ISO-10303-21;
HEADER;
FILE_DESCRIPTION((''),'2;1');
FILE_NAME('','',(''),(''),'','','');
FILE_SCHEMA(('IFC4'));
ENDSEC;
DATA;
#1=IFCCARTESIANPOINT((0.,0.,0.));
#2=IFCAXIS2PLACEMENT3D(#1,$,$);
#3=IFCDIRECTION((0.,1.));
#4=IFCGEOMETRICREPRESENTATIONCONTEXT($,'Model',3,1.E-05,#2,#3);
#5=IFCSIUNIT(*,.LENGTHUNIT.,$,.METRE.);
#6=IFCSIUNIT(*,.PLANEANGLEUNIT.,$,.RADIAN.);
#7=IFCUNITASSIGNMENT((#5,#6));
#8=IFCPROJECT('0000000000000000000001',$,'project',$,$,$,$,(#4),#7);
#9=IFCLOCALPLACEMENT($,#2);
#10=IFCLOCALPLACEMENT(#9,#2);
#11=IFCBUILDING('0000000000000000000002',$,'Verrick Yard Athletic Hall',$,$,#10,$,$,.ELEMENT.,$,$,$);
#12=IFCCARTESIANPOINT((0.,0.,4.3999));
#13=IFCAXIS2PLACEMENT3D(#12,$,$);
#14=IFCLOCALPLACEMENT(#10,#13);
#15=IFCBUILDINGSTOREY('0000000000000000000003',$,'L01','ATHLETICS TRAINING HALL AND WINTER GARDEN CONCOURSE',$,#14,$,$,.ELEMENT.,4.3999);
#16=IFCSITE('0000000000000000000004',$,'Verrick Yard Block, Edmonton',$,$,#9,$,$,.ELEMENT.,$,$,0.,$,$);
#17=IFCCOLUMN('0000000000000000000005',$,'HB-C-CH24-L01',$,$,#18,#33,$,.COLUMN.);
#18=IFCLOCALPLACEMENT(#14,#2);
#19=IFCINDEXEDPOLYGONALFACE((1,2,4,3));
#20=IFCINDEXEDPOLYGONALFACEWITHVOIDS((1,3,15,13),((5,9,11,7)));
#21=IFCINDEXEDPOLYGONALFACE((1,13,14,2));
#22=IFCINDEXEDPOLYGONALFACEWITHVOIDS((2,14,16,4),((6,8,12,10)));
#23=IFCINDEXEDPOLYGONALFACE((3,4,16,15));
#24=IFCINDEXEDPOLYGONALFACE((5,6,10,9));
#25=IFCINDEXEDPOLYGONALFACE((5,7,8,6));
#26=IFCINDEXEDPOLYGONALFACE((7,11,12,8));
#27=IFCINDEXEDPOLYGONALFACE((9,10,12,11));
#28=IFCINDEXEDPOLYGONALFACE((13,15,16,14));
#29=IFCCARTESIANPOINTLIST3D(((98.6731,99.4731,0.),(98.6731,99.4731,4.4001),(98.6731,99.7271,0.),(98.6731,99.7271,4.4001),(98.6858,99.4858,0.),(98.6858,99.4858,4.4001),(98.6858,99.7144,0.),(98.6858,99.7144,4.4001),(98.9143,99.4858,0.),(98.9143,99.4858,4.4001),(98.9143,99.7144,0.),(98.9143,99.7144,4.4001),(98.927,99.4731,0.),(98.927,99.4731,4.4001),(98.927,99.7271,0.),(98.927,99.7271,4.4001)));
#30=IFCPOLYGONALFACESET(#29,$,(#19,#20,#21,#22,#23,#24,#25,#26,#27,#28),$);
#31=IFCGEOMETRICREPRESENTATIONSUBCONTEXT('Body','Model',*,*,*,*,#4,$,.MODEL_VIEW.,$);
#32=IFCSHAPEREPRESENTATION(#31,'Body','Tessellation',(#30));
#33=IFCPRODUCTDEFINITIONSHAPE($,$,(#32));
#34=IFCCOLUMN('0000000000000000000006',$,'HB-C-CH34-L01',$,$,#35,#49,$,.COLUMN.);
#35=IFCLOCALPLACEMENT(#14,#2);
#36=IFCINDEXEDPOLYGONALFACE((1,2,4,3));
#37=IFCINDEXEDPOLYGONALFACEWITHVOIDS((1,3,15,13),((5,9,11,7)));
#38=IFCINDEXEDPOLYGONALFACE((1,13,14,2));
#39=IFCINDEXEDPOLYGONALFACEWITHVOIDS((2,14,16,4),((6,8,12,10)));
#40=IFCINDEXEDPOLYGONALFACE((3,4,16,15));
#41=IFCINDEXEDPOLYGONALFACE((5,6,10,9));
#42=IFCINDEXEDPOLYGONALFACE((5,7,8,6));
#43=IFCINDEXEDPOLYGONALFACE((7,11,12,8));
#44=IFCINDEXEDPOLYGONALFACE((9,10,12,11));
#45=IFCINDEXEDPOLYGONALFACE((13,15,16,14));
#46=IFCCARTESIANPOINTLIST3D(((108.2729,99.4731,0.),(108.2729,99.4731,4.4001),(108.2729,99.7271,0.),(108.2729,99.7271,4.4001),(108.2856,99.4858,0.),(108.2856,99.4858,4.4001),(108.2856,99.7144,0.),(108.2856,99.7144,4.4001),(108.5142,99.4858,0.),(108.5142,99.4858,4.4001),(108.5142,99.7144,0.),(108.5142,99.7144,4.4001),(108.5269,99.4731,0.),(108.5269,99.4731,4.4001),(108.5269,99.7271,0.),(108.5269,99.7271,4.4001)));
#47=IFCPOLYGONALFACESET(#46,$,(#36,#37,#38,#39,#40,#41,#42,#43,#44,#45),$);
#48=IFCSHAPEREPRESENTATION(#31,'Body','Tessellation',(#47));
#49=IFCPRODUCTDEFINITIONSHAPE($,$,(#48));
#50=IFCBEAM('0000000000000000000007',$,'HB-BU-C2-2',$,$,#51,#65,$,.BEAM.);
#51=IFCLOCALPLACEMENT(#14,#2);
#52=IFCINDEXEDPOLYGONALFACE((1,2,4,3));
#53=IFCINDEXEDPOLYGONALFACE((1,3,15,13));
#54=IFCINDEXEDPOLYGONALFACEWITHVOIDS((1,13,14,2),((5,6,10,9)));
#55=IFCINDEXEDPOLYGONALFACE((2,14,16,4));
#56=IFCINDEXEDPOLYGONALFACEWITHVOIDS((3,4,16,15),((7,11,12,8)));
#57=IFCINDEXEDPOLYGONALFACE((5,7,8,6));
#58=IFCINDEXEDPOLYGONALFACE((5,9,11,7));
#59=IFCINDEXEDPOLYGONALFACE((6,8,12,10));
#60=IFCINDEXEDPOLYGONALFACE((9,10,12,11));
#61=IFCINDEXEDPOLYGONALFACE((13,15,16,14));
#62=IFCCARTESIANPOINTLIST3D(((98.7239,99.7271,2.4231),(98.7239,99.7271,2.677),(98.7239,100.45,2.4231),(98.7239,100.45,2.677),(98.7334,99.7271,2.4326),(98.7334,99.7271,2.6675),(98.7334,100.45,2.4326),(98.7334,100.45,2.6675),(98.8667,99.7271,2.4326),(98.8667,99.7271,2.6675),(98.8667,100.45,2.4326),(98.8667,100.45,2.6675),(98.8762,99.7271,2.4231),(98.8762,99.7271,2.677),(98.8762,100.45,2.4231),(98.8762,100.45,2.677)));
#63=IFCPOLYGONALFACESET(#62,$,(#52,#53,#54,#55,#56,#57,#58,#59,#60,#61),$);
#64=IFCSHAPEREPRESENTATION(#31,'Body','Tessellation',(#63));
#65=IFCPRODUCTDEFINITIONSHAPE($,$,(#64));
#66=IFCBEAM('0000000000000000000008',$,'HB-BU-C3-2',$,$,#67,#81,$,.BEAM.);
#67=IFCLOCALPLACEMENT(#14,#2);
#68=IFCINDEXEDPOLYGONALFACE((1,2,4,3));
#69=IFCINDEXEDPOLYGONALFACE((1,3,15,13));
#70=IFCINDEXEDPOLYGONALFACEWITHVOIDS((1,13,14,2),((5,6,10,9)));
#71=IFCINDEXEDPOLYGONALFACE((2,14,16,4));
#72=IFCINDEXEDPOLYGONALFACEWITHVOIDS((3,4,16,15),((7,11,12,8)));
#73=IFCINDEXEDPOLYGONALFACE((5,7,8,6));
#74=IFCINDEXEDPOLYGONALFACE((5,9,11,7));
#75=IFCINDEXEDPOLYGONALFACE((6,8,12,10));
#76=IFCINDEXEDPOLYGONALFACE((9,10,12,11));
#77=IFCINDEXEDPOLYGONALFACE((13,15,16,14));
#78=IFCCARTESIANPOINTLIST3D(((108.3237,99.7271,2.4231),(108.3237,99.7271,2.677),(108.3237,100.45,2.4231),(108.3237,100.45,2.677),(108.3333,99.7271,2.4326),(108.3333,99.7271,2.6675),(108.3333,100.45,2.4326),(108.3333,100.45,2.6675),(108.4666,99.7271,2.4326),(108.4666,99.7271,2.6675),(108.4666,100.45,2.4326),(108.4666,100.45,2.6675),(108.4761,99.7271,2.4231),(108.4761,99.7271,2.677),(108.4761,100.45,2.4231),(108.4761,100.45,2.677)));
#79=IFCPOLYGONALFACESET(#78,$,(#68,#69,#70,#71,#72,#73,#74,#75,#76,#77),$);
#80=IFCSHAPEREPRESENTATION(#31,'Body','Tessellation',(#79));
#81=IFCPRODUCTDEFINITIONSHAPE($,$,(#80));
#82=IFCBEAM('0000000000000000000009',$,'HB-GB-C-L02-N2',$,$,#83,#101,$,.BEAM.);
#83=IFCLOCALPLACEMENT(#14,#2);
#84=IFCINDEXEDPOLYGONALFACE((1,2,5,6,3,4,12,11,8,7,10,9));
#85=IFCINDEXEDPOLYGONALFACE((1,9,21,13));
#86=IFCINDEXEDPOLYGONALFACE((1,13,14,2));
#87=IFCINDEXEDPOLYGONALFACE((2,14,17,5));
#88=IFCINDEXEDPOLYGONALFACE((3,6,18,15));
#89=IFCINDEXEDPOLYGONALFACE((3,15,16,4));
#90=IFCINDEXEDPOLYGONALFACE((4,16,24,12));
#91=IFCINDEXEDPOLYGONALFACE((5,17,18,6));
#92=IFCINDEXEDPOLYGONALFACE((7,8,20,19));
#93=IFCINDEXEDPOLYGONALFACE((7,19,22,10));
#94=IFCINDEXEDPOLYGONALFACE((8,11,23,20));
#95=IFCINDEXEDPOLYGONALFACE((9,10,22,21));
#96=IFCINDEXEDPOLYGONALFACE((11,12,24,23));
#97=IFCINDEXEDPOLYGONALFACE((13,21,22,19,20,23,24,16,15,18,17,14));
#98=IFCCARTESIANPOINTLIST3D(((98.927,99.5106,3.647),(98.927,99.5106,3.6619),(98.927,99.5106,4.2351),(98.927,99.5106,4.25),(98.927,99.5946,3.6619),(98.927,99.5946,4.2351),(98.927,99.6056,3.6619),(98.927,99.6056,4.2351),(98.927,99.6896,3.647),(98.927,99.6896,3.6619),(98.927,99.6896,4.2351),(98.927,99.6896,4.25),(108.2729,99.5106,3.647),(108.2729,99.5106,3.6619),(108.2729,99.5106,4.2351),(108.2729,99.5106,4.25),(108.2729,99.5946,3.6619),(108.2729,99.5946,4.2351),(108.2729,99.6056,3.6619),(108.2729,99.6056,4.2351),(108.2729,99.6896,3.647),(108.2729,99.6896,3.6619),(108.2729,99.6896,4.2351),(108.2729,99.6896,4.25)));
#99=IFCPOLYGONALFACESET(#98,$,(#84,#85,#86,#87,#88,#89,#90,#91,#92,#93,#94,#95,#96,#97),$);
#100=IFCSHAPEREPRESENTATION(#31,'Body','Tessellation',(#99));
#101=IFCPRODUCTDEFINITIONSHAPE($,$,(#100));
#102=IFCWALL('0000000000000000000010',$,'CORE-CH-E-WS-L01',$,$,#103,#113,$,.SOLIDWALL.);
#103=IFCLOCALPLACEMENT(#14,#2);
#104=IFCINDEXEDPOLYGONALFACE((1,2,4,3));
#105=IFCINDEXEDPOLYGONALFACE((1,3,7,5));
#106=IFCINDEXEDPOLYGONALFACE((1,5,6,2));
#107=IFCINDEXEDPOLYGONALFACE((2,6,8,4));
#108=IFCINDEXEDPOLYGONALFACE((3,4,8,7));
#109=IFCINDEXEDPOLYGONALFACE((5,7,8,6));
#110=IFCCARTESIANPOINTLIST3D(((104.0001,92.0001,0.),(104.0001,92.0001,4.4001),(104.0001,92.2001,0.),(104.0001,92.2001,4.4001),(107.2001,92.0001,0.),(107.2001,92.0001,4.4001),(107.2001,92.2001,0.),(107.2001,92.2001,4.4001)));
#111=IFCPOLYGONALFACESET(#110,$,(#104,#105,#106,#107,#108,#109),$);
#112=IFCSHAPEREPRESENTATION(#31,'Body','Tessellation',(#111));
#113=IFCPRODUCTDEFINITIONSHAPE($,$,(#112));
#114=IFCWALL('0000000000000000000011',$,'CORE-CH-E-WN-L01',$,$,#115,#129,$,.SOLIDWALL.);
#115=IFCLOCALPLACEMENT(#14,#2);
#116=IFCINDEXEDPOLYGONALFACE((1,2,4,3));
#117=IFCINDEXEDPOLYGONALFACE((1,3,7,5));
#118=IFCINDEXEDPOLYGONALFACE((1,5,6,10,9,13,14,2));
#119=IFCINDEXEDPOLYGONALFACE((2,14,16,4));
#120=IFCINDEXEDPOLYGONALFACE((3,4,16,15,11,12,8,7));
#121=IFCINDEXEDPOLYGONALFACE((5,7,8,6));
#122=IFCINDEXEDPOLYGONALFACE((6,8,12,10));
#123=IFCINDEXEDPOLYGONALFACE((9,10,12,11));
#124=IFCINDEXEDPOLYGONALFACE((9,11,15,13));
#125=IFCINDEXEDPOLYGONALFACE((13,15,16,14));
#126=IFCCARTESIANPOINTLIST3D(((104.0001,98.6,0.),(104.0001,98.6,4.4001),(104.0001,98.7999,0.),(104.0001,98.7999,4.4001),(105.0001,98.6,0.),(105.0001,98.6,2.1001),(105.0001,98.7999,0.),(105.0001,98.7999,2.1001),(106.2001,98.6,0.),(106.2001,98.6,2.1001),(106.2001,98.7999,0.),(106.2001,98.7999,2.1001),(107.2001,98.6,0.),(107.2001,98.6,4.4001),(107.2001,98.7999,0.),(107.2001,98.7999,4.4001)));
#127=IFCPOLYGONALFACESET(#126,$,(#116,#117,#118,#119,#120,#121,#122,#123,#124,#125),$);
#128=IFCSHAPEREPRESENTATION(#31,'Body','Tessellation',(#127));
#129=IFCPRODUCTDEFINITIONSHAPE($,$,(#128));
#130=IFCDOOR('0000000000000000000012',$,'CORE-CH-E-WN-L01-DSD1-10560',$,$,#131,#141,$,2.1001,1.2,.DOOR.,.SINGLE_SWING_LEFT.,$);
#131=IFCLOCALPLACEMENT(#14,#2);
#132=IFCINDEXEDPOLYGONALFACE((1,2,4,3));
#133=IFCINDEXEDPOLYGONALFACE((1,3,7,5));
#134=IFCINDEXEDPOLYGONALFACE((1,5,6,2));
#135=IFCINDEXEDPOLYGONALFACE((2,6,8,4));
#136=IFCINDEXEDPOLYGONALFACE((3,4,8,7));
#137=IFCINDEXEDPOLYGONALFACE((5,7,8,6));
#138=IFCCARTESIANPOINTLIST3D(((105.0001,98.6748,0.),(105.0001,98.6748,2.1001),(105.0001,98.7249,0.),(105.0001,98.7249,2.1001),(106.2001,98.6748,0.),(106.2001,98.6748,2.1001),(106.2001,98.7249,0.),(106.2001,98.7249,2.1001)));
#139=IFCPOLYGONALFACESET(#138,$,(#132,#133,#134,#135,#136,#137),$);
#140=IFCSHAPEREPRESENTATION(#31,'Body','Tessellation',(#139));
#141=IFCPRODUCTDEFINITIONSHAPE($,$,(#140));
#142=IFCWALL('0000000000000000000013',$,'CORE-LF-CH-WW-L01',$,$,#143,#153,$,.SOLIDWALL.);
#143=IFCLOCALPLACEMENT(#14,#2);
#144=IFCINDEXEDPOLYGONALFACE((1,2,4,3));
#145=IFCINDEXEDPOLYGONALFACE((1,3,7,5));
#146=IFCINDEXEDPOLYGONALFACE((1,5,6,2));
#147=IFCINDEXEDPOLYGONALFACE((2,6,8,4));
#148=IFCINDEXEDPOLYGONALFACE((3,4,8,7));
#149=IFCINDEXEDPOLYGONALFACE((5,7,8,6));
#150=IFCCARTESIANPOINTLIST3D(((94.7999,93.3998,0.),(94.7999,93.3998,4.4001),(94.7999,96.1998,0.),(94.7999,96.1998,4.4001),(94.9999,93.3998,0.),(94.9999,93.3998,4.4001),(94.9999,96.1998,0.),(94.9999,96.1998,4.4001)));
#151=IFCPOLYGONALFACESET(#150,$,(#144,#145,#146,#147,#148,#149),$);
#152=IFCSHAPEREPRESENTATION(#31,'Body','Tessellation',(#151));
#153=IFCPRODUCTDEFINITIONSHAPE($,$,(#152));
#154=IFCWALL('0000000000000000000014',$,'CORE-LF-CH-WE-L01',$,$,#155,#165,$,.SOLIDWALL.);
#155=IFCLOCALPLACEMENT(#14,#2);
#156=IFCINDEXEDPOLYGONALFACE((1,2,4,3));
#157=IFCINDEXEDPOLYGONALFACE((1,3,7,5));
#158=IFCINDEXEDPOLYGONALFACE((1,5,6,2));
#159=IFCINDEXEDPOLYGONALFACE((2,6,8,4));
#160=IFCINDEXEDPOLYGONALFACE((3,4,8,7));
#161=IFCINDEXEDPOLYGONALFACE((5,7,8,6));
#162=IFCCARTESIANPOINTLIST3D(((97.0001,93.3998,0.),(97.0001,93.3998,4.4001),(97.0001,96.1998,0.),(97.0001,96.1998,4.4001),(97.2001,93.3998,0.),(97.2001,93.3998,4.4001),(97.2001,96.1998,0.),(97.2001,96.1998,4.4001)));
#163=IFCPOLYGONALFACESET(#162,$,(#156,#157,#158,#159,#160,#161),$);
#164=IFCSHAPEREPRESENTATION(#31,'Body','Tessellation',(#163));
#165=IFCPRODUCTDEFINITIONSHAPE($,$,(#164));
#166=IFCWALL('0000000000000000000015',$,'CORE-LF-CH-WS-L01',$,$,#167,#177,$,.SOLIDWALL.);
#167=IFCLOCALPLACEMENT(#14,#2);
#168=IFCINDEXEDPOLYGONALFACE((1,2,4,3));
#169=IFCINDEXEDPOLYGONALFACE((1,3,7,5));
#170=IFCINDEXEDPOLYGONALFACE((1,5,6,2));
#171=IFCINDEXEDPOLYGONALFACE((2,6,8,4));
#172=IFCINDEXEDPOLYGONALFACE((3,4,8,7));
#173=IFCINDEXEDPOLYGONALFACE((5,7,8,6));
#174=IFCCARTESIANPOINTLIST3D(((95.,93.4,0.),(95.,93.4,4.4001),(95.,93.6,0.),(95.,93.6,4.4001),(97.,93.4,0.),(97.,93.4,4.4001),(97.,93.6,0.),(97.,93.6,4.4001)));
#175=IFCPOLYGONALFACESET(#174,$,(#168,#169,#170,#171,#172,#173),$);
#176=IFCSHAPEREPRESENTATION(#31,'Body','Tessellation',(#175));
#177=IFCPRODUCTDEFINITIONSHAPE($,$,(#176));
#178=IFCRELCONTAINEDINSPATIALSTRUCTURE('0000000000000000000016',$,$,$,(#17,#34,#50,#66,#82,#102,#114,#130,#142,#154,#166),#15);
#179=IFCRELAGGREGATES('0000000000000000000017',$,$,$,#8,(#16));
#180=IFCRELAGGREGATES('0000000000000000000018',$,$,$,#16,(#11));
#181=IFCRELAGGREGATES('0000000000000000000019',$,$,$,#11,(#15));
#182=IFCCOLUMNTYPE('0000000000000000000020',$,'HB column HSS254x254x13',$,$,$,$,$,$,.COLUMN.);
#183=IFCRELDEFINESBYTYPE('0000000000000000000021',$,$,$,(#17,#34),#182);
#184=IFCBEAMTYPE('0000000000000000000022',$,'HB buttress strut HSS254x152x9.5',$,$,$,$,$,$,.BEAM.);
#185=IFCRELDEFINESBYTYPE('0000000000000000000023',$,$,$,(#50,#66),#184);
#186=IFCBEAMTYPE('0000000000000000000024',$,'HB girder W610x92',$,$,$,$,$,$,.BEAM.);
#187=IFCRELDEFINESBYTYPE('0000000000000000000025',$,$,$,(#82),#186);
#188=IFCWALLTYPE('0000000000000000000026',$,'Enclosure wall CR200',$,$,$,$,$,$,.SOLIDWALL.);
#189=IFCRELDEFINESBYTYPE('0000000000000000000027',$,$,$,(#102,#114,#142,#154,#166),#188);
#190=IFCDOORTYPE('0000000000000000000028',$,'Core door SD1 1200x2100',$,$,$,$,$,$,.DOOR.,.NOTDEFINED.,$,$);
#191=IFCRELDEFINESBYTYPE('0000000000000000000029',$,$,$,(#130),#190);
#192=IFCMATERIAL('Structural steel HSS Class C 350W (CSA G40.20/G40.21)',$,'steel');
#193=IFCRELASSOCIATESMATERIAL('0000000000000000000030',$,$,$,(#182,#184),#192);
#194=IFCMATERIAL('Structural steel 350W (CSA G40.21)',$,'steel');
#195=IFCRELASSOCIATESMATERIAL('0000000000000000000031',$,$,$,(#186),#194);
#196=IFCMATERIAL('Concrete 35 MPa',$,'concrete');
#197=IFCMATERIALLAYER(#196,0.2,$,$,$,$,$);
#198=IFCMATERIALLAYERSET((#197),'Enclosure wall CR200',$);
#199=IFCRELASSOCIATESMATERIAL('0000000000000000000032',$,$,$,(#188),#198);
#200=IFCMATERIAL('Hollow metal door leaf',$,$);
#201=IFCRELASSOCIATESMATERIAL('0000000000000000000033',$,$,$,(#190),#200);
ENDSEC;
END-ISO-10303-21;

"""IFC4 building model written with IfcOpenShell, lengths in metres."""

from ifc_helpers import new_model, si_unit, direction, frame, frame_2d, origin, origin_2d, place, context, subcontext, project, spatial, rectangle, hollow_rectangle, i_section, extrude, material, layer, layer_set, material_profile, profile_set, type_object, element, fill, save


model = new_model("IFC4")

# Units and contexts
model_context = context("Model", 3, precision=1e-05, world=origin(), true_north=direction((0.0, 1.0)))
body_context = subcontext(model_context, "Body", "Model", "MODEL_VIEW")
ifc_project = project(units=[si_unit("LENGTHUNIT", "METRE"), si_unit("PLANEANGLEUNIT", "RADIAN")], contexts=[model_context])

# Site, building, storey
site_placement = place(None, origin())
site = spatial("IfcSite", under=ifc_project, at=site_placement, Name="Verrick Yard Block, Edmonton", CompositionType="ELEMENT", RefElevation=0.0)
building_placement = place(site_placement, origin())
building = spatial("IfcBuilding", under=site, at=building_placement, Name="Verrick Yard Athletic Hall", CompositionType="ELEMENT")
storey_placement = place(building_placement, frame((0.0, 0.0, 4.3999)))
storey = spatial("IfcBuildingStorey", under=building, at=storey_placement, Name="L01", Description="ATHLETICS TRAINING HALL AND WINTER GARDEN CONCOURSE", CompositionType="ELEMENT", Elevation=4.3999)

# Columns
ifc_material_1 = material(Name="Structural steel HSS Class C 350W (CSA G40.20/G40.21)", Category="steel")
ifc_material_profile_1 = material_profile(ifc_material_1, hollow_rectangle(XDim=0.2539, YDim=0.2539, WallThickness=0.0127, at=origin_2d()), Name="HSS254x254x13")
ifc_profile_set_1 = profile_set([ifc_material_profile_1], Name="Structural steel HSS Class C 350W (CSA G40.20/G40.21)")
column_type = type_object("IfcColumnType", Name="HB column HSS254x254x13", PredefinedType="COLUMN", material=ifc_profile_set_1)
for number, where, z_axis, x_axis, name in (
    (1, (98.8, 99.6001, 0.0), (0.0, 0.0, 1.0), (1.0, 0.0, 0.0), "HB-C-CH24-L01"),
    (2, (108.3999, 99.6001, 0.0), (0.0, 0.0, 1.0), (1.0, 0.0, 0.0), "HB-C-CH34-L01"),
):
    element("IfcColumn", number, at=place(storey_placement, frame(where, z_axis=z_axis, x_axis=x_axis)), inside=storey, type_object=column_type, Name=name, PredefinedType="COLUMN", context=body_context, shape_type="SweptSolid", body=[
        extrude(hollow_rectangle(XDim=0.2539, YDim=0.2539, WallThickness=0.0127, at=origin_2d()), origin(), (0.0, 0.0, 1.0), 4.4001),
    ])

# Beams
ifc_material_profile_2 = material_profile(ifc_material_1, hollow_rectangle(XDim=0.1523, YDim=0.2539, WallThickness=0.0095, at=origin_2d()), Name="HSS254x152x9.5")
ifc_profile_set_2 = profile_set([ifc_material_profile_2], Name="Structural steel HSS Class C 350W (CSA G40.20/G40.21)")
beam_type_1 = type_object("IfcBeamType", Name="HB buttress strut HSS254x152x9.5", PredefinedType="BEAM", material=ifc_profile_set_2)
for number, where, z_axis, x_axis, name in (
    (3, (98.8, 99.7271, 2.55), (0.0, 1.0, 0.0), (-1.0, 0.0, 0.0), "HB-BU-C2-2"),
    (4, (108.3999, 99.7271, 2.55), (0.0, 1.0, 0.0), (-1.0, 0.0, 0.0), "HB-BU-C3-2"),
):
    element("IfcBeam", number, at=place(storey_placement, frame(where, z_axis=z_axis, x_axis=x_axis)), inside=storey, type_object=beam_type_1, Name=name, PredefinedType="BEAM", context=body_context, shape_type="SweptSolid", body=[
        extrude(hollow_rectangle(XDim=0.1523, YDim=0.2539, WallThickness=0.0095, at=origin_2d()), origin(), (0.0, 0.0, 1.0), 0.7229),
    ])
ifc_material_2 = material(Name="Structural steel 350W (CSA G40.21)", Category="steel")
ifc_material_profile_3 = material_profile(ifc_material_2, i_section(OverallWidth=0.179, OverallDepth=0.603, WebThickness=0.011, FlangeThickness=0.0149, at=origin_2d()), Name="W610x92")
ifc_profile_set_3 = profile_set([ifc_material_profile_3], Name="Structural steel 350W (CSA G40.21)")
beam_type_2 = type_object("IfcBeamType", Name="HB girder W610x92", PredefinedType="BEAM", material=ifc_profile_set_3)
beam_placement = place(storey_placement, frame((98.927, 99.6001, 3.9485), z_axis=(1.0, 0.0, 0.0), x_axis=(0.0, 1.0, 0.0)))
element("IfcBeam", 5, at=beam_placement, inside=storey, type_object=beam_type_2, Name="HB-GB-C-L02-N2", PredefinedType="BEAM", context=body_context, shape_type="SweptSolid", body=[
    extrude(i_section(OverallWidth=0.179, OverallDepth=0.603, WebThickness=0.011, FlangeThickness=0.0149, at=origin_2d()), origin(), (0.0, 0.0, 1.0), 9.3459),
])

# Wall
ifc_material_3 = material(Name="Concrete 35 MPa", Category="concrete")
ifc_layer_1 = layer(ifc_material_3, 0.2)
ifc_layer_set_1 = layer_set([ifc_layer_1], Name="Enclosure wall CR200")
wall_type_1 = type_object("IfcWallType", Name="Enclosure wall CR200", PredefinedType="SOLIDWALL", material=ifc_layer_set_1)
wall_1_placement = place(storey_placement, frame((104.0, 92.1001, 0.0), z_axis=(0.0, 0.0, 1.0), x_axis=(1.0, 0.0, 0.0)))
element("IfcWall", 6, at=wall_1_placement, inside=storey, type_object=wall_type_1, Name="CORE-CH-E-WS-L01", PredefinedType="SOLIDWALL", context=body_context, shape_type="SweptSolid", body=[
    extrude(rectangle(XDim=3.2, YDim=0.2, at=frame_2d((1.6001, 0.0))), origin(), (0.0, 0.0, 1.0), 4.4001),
])

# Wall, opening, door
wall_2_placement = place(storey_placement, frame((104.0, 98.7, 0.0), z_axis=(0.0, 0.0, 1.0), x_axis=(1.0, 0.0, 0.0)))
wall_2 = element("IfcWall", 7, at=wall_2_placement, inside=storey, type_object=wall_type_1, Name="CORE-CH-E-WN-L01", PredefinedType="SOLIDWALL", context=body_context, shape_type="SweptSolid", body=[
    extrude(rectangle(XDim=3.2, YDim=0.2, at=frame_2d((1.6001, 0.0))), origin(), (0.0, 0.0, 1.0), 4.4001),
])
opening_1_placement = place(wall_2_placement, frame((1.0, 0.0, 0.0)))
opening_1 = element("IfcOpeningElement", 8, at=opening_1_placement, cuts=wall_2, PredefinedType="OPENING", context=body_context, shape_type="SweptSolid", body=[
    extrude(rectangle(XDim=1.2, YDim=2.1001, at=frame_2d((0.6001, 1.05))), frame((0.0, 0.1099, 0.0), z_axis=(0.0, -1.0, 0.0), x_axis=(1.0, 0.0, 0.0)), (0.0, 0.0, 1.0), 0.22),
])
ifc_material_4 = material(Name="Hollow metal door leaf")
door_type_1 = type_object("IfcDoorType", Name="Core door SD1 1200x2100", OperationType="NOTDEFINED", PredefinedType="DOOR", material=ifc_material_4)
door_1_placement = place(opening_1_placement, origin())
door_1 = element("IfcDoor", 9, at=door_1_placement, inside=storey, type_object=door_type_1, Name="CORE-CH-E-WN-L01-DSD1-10560", OperationType="SINGLE_SWING_LEFT", OverallHeight=2.1001, OverallWidth=1.2, PredefinedType="DOOR", context=body_context, shape_type="SweptSolid", body=[
    extrude(rectangle(XDim=1.2, YDim=2.1001, at=frame_2d((0.6001, 1.05))), frame((0.0, 0.0249, 0.0), z_axis=(0.0, -1.0, 0.0), x_axis=(1.0, 0.0, 0.0)), (0.0, 0.0, 1.0), 0.05),
])
fill(opening_1, door_1)

# Walls
for number, where, z_axis, x_axis, name in (
    (10, (94.8999, 93.3999, 0.0), (0.0, 0.0, 1.0), (0.0, 1.0, 0.0), "CORE-LF-CH-WW-L01"),
    (11, (97.1001, 93.3999, 0.0), (0.0, 0.0, 1.0), (0.0, 1.0, 0.0), "CORE-LF-CH-WE-L01"),
):
    element("IfcWall", number, at=place(storey_placement, frame(where, z_axis=z_axis, x_axis=x_axis)), inside=storey, type_object=wall_type_1, Name=name, PredefinedType="SOLIDWALL", context=body_context, shape_type="SweptSolid", body=[
        extrude(rectangle(XDim=2.8, YDim=0.2, at=frame_2d((1.3999, 0.0))), origin(), (0.0, 0.0, 1.0), 4.4001),
    ])
wall_3_placement = place(storey_placement, frame((95.0, 93.5, 0.0), z_axis=(0.0, 0.0, 1.0), x_axis=(1.0, 0.0, 0.0)))
element("IfcWall", 12, at=wall_3_placement, inside=storey, type_object=wall_type_1, Name="CORE-LF-CH-WS-L01", PredefinedType="SOLIDWALL", context=body_context, shape_type="SweptSolid", body=[
    extrude(rectangle(XDim=2.0, YDim=0.2, at=frame_2d((1.0, 0.0))), origin(), (0.0, 0.0, 1.0), 4.4001),
])

save(model, "model.ifc")
